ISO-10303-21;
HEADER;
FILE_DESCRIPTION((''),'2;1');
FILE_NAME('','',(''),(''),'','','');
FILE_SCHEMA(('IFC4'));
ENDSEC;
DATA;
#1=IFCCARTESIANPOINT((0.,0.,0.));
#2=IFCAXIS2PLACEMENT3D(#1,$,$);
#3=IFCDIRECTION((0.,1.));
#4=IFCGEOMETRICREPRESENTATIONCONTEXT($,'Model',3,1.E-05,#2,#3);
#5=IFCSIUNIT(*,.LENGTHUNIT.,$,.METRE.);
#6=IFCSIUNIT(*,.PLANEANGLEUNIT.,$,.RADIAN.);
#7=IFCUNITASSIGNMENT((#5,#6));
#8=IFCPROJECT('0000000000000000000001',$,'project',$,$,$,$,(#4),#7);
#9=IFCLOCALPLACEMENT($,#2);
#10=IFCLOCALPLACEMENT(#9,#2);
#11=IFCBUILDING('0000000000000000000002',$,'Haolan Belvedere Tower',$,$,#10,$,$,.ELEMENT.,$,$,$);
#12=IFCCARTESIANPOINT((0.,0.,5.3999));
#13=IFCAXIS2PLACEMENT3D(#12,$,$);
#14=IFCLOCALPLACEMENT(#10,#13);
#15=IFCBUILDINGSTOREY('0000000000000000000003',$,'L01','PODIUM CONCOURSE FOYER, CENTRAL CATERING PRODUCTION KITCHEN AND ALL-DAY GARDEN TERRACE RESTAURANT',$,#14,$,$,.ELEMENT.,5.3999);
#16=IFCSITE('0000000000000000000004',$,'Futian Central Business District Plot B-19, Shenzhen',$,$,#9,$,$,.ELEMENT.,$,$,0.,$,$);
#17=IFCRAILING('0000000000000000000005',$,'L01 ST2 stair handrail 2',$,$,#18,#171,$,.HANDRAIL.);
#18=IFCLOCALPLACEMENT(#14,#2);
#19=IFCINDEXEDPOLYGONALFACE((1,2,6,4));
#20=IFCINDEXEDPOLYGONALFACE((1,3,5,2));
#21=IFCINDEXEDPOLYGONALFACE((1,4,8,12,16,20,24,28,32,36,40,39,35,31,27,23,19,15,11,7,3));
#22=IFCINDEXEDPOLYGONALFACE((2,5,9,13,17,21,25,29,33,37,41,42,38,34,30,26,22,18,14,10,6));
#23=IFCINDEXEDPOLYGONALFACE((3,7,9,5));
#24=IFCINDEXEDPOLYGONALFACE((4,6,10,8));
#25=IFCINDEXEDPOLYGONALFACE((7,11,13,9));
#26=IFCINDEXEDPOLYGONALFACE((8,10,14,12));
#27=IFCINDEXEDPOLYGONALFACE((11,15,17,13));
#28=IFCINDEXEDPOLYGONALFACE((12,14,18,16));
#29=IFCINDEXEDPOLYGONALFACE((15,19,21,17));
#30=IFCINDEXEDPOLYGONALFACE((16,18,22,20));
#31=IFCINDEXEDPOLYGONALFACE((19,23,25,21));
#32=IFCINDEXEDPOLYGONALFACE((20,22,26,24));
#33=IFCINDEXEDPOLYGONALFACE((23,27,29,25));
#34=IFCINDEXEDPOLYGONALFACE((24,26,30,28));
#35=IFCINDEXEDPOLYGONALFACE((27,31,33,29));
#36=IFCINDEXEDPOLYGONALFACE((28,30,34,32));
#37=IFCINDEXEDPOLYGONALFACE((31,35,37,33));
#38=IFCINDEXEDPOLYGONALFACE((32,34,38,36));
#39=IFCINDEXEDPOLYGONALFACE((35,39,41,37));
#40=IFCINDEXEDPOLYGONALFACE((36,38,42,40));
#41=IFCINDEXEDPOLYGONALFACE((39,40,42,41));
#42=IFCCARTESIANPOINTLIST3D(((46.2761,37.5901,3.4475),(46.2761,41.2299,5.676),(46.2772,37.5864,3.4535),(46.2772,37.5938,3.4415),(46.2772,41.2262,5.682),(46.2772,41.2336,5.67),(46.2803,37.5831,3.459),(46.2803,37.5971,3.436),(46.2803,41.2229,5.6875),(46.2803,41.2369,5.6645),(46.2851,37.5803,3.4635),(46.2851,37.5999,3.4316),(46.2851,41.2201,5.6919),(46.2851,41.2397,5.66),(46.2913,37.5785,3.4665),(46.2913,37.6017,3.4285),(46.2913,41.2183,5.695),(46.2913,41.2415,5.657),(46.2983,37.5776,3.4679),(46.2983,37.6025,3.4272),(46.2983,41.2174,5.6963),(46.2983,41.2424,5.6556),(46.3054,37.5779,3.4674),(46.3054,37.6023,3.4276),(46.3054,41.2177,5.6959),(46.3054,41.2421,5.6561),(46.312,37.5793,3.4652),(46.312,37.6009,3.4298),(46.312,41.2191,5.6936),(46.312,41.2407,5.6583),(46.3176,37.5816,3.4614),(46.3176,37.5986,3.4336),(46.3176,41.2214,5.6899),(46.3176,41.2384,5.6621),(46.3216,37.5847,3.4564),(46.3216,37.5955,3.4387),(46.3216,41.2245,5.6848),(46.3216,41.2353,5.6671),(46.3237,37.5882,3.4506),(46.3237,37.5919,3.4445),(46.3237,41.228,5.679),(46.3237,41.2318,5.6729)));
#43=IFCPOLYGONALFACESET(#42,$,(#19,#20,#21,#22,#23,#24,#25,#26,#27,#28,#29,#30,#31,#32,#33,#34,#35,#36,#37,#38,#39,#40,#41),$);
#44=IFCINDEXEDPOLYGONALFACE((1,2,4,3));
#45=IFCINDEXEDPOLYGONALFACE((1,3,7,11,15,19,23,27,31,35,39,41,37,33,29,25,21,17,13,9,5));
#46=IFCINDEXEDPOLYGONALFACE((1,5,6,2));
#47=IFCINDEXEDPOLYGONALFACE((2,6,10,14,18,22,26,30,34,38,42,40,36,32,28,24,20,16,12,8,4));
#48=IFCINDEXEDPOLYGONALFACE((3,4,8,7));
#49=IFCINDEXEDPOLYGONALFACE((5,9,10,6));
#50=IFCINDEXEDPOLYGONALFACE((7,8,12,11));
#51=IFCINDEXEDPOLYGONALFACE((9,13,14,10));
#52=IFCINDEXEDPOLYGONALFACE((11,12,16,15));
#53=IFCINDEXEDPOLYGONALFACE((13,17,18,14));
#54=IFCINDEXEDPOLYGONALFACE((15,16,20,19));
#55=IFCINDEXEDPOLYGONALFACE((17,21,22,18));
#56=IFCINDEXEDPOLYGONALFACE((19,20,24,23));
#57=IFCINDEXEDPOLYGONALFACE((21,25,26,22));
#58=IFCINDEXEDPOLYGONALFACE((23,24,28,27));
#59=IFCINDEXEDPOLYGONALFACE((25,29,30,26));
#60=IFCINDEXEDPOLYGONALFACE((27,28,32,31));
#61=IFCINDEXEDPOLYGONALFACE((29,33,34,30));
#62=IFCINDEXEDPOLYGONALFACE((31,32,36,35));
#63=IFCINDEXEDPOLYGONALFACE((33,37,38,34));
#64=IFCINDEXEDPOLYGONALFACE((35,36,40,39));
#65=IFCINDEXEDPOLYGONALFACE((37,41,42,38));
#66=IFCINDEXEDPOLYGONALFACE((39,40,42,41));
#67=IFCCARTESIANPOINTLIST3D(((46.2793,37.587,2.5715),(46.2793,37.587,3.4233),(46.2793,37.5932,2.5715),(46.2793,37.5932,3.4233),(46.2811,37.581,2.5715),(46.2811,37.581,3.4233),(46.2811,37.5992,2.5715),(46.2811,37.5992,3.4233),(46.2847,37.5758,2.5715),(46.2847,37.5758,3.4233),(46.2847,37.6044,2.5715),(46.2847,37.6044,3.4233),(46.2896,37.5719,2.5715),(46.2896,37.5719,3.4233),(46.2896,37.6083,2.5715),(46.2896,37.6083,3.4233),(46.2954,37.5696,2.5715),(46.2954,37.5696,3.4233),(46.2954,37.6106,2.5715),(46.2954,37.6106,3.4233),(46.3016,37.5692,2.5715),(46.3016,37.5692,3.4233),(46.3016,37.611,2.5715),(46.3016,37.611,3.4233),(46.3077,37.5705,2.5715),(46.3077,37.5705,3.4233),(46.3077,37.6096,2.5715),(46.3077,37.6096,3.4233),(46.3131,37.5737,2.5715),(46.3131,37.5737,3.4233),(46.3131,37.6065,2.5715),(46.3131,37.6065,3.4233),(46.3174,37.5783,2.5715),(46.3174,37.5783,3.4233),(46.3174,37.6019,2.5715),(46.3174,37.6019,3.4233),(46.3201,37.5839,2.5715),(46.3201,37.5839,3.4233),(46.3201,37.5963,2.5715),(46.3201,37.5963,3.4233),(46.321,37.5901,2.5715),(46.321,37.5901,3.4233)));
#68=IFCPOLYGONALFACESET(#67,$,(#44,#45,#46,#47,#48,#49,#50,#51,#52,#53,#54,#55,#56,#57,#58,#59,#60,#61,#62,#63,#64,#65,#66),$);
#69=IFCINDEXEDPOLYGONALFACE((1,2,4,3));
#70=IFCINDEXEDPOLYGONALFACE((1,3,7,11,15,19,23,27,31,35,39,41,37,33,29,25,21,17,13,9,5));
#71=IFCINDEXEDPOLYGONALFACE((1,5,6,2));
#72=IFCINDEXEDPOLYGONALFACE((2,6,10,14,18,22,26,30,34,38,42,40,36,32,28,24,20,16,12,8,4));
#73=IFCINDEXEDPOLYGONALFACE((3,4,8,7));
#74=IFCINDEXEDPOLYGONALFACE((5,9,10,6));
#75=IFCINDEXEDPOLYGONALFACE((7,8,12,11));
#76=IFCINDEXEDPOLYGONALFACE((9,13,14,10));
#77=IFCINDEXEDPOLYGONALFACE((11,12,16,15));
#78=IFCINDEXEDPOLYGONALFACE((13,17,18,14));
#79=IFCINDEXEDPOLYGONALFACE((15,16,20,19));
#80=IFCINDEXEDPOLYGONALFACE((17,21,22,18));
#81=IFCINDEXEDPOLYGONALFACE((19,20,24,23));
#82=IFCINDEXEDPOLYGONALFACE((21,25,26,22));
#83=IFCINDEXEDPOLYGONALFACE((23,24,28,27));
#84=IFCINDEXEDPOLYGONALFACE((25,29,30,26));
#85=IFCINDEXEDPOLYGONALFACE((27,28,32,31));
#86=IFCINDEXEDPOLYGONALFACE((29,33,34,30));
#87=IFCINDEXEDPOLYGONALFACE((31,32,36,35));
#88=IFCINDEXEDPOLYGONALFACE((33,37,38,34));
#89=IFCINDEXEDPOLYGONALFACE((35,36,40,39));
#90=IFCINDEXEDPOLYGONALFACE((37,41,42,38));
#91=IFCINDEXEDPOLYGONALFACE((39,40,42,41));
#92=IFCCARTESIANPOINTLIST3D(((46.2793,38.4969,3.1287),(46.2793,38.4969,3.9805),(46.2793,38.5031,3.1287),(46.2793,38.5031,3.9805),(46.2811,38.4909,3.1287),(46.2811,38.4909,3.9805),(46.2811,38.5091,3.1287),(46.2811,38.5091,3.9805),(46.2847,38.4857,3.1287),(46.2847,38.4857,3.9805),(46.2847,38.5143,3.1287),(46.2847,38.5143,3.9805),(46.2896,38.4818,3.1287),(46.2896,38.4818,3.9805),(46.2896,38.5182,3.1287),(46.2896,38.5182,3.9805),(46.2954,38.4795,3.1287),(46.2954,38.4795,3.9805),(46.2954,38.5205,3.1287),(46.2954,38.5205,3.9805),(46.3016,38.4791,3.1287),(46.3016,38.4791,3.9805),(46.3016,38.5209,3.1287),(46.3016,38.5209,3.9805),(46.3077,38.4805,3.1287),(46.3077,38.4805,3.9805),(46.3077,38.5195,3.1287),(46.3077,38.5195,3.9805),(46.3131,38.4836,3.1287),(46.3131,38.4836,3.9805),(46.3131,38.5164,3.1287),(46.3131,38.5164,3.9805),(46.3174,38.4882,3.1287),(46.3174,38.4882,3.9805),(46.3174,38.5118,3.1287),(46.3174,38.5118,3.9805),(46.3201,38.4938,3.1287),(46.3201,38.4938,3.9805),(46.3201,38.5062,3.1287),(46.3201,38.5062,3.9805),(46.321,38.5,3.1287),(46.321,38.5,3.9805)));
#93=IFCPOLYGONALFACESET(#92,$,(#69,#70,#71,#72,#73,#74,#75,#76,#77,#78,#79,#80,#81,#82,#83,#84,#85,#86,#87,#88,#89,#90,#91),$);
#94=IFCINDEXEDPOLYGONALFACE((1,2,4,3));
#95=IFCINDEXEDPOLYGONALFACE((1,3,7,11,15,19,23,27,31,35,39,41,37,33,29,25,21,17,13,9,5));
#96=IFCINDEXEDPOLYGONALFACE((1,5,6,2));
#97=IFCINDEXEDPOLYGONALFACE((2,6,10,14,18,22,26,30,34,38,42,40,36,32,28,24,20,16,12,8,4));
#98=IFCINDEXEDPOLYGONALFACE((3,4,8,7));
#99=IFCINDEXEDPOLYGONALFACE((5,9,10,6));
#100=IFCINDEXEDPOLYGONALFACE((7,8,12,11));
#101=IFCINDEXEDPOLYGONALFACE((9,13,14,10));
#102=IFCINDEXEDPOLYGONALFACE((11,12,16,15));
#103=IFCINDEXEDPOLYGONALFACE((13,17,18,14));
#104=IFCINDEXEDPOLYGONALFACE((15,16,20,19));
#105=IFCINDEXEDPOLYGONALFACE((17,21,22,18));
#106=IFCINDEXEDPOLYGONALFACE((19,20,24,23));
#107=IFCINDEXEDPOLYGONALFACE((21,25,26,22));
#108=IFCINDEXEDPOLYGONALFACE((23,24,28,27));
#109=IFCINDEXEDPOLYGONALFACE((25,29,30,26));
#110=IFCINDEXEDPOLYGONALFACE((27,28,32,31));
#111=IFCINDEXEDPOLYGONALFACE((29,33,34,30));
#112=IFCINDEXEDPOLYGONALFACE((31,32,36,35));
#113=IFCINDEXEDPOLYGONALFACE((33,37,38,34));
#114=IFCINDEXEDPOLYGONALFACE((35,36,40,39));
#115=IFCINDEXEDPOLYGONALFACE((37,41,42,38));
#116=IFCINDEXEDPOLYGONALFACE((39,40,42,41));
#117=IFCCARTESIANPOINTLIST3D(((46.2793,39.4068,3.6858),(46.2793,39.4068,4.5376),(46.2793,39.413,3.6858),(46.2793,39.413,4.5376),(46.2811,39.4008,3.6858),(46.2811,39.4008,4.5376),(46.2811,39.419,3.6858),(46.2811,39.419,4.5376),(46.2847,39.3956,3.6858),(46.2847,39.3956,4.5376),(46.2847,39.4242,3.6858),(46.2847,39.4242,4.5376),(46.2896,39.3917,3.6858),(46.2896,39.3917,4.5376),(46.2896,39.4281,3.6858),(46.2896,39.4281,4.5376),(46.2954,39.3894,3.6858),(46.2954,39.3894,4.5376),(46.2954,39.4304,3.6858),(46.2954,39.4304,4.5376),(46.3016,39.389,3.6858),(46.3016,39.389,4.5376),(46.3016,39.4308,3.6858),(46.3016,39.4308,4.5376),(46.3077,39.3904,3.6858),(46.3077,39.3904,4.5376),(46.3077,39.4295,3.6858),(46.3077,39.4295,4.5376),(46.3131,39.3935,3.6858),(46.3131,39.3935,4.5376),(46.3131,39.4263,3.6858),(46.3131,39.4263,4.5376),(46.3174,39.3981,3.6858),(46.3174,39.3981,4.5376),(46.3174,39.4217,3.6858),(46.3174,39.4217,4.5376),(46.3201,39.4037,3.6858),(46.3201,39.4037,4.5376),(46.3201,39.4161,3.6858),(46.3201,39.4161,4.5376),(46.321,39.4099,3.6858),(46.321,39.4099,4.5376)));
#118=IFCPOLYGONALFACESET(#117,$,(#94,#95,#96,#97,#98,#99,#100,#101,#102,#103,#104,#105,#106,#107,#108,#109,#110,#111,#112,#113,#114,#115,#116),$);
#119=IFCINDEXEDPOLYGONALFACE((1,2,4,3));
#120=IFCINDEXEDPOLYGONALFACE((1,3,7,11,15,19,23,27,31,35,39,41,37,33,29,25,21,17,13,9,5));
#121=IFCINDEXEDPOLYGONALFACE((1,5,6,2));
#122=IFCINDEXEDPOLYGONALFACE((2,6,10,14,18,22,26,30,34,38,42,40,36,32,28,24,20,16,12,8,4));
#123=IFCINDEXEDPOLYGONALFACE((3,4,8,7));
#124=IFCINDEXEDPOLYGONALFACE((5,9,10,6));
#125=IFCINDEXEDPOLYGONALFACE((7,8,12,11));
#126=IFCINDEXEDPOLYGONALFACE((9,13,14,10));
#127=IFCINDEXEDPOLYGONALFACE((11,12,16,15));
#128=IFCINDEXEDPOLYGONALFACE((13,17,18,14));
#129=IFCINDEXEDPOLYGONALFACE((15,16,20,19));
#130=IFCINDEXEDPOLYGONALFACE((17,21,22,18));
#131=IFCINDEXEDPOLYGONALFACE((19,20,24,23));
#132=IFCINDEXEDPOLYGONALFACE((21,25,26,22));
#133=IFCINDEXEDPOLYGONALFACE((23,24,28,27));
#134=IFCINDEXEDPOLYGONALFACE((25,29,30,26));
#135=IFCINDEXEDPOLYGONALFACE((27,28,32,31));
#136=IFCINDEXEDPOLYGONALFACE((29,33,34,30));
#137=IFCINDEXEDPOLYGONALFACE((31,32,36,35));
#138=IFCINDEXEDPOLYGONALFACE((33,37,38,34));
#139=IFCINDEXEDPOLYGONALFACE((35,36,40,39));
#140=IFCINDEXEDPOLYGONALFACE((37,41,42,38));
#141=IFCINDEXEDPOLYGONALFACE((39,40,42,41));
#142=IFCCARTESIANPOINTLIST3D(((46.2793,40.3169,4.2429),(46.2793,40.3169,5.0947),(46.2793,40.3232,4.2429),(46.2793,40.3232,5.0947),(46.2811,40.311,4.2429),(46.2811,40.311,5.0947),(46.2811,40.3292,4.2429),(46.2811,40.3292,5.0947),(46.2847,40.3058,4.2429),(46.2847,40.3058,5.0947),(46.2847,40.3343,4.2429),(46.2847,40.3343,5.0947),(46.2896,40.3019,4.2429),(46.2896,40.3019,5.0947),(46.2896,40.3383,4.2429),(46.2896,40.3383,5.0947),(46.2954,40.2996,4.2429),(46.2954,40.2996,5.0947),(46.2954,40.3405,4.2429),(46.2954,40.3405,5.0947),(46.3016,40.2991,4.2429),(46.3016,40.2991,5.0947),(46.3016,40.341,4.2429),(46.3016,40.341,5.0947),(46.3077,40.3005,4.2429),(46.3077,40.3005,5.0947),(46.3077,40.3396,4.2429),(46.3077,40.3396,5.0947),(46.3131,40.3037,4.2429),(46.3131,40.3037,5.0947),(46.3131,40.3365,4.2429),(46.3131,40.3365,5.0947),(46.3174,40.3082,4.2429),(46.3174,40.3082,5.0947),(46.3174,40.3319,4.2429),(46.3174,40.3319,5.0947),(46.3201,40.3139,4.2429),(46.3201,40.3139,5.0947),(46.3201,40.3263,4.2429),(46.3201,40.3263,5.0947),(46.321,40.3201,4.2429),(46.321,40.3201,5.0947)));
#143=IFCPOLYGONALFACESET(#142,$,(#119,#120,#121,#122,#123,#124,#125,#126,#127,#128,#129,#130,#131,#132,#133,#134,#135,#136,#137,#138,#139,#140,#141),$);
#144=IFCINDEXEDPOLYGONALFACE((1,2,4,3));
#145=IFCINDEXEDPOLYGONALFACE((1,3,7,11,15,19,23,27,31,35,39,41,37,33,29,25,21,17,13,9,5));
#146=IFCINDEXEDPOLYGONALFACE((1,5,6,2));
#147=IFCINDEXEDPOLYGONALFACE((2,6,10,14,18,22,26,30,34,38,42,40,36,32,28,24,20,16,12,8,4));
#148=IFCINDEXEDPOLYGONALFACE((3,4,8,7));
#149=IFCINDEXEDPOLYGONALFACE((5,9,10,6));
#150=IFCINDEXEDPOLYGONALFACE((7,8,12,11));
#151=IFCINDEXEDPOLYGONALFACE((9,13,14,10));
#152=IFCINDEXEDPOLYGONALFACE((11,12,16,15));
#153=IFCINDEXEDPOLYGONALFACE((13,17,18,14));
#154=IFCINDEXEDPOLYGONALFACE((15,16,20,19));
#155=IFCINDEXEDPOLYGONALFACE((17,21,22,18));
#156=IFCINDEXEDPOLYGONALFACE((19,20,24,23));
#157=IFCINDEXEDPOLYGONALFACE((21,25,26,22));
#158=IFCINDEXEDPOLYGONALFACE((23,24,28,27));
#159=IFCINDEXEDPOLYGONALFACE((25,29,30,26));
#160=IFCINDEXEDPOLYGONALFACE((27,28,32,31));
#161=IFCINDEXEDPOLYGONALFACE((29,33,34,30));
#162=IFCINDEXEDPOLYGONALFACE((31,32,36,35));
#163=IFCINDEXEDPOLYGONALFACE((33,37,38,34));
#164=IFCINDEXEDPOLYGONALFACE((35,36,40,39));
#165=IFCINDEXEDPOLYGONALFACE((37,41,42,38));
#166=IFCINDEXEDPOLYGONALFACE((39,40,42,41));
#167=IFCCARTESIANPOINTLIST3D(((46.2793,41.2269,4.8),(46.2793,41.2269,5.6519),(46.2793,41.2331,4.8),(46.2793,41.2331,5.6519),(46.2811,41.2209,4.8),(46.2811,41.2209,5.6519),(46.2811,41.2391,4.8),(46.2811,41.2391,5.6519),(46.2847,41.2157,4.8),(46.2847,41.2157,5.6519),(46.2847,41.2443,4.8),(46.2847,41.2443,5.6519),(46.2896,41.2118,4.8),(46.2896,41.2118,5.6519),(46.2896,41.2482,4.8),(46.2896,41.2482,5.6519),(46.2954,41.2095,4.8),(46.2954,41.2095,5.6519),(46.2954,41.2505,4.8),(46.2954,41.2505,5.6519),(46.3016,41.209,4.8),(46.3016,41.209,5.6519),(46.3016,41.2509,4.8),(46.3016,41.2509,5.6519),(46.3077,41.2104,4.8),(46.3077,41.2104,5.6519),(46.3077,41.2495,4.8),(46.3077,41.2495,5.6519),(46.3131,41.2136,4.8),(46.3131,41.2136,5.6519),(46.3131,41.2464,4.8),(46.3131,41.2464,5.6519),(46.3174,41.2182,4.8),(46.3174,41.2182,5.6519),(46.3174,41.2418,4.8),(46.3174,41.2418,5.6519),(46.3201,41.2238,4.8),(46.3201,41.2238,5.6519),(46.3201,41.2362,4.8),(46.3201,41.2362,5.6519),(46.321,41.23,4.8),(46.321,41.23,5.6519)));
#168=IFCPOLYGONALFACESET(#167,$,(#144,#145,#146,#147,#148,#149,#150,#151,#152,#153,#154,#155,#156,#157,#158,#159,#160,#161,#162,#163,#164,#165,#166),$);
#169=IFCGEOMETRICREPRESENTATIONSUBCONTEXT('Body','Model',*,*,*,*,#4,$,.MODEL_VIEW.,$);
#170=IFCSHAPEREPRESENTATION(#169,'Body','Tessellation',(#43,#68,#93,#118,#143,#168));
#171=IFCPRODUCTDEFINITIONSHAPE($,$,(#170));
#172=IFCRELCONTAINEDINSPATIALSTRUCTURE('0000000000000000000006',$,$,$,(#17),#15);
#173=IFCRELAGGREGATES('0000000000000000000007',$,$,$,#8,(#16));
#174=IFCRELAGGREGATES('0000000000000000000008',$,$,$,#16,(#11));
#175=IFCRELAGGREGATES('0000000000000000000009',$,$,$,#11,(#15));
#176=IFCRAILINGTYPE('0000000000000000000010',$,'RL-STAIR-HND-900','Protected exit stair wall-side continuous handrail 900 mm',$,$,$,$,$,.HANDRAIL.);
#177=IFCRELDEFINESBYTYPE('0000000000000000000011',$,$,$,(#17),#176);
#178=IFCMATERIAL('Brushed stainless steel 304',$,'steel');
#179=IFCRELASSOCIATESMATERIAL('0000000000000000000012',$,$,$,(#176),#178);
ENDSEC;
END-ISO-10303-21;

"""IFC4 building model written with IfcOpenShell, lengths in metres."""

from ifc_helpers import new_model, si_unit, direction, frame, origin, origin_2d, place, context, subcontext, project, spatial, circle, extrude, material, type_object, element, save


model = new_model("IFC4")

# Units and contexts
model_context = context("Model", 3, precision=1e-05, world=origin(), true_north=direction((0.0, 1.0)))
body_context = subcontext(model_context, "Body", "Model", "MODEL_VIEW")
ifc_project = project(units=[si_unit("LENGTHUNIT", "METRE"), si_unit("PLANEANGLEUNIT", "RADIAN")], contexts=[model_context])

# Site, building, storey
site_placement = place(None, origin())
site = spatial("IfcSite", under=ifc_project, at=site_placement, Name="Futian Central Business District Plot B-19, Shenzhen", CompositionType="ELEMENT", RefElevation=0.0)
building_placement = place(site_placement, origin())
building = spatial("IfcBuilding", under=site, at=building_placement, Name="Haolan Belvedere Tower", CompositionType="ELEMENT")
storey_placement = place(building_placement, frame((0.0, 0.0, 5.3999)))
storey = spatial("IfcBuildingStorey", under=building, at=storey_placement, Name="L01", Description="PODIUM CONCOURSE FOYER, CENTRAL CATERING PRODUCTION KITCHEN AND ALL-DAY GARDEN TERRACE RESTAURANT", CompositionType="ELEMENT", Elevation=5.3999)

# Railing
ifc_material_1 = material(Name="Brushed stainless steel 304", Category="steel")
railing_type_1 = type_object("IfcRailingType", Name="RL-STAIR-HND-900", Description="Protected exit stair wall-side continuous handrail 900 mm", PredefinedType="HANDRAIL", material=ifc_material_1)
railing_1_placement = place(storey_placement, frame((46.3, 37.5901, 2.5715)))
element("IfcRailing", 1, at=railing_1_placement, inside=storey, type_object=railing_type_1, Name="L01 ST2 stair handrail 2", PredefinedType="HANDRAIL", context=body_context, shape_type="SweptSolid", body=[
    extrude(circle(Radius=0.0239, at=origin_2d()), frame((0.0, 0.0, 0.876), z_axis=(0.0, 0.85285, 0.522156), x_axis=(-1.0, 0.0, 0.0)), (0.0, 0.0, 1.0), 4.2678),
    extrude(circle(Radius=0.021, at=origin_2d()), origin(), (0.0, 0.0, 1.0), 0.8518),
    extrude(circle(Radius=0.021, at=origin_2d()), frame((0.0, 0.9099, 0.5571)), (0.0, 0.0, 1.0), 0.8518),
    extrude(circle(Radius=0.021, at=origin_2d()), frame((0.0, 1.8198, 1.1143)), (0.0, 0.0, 1.0), 0.8518),
    extrude(circle(Radius=0.021, at=origin_2d()), frame((0.0, 2.73, 1.6714)), (0.0, 0.0, 1.0), 0.8518),
    extrude(circle(Radius=0.021, at=origin_2d()), frame((0.0, 3.6399, 2.2285)), (0.0, 0.0, 1.0), 0.8518),
])

save(model, "model.ifc")
